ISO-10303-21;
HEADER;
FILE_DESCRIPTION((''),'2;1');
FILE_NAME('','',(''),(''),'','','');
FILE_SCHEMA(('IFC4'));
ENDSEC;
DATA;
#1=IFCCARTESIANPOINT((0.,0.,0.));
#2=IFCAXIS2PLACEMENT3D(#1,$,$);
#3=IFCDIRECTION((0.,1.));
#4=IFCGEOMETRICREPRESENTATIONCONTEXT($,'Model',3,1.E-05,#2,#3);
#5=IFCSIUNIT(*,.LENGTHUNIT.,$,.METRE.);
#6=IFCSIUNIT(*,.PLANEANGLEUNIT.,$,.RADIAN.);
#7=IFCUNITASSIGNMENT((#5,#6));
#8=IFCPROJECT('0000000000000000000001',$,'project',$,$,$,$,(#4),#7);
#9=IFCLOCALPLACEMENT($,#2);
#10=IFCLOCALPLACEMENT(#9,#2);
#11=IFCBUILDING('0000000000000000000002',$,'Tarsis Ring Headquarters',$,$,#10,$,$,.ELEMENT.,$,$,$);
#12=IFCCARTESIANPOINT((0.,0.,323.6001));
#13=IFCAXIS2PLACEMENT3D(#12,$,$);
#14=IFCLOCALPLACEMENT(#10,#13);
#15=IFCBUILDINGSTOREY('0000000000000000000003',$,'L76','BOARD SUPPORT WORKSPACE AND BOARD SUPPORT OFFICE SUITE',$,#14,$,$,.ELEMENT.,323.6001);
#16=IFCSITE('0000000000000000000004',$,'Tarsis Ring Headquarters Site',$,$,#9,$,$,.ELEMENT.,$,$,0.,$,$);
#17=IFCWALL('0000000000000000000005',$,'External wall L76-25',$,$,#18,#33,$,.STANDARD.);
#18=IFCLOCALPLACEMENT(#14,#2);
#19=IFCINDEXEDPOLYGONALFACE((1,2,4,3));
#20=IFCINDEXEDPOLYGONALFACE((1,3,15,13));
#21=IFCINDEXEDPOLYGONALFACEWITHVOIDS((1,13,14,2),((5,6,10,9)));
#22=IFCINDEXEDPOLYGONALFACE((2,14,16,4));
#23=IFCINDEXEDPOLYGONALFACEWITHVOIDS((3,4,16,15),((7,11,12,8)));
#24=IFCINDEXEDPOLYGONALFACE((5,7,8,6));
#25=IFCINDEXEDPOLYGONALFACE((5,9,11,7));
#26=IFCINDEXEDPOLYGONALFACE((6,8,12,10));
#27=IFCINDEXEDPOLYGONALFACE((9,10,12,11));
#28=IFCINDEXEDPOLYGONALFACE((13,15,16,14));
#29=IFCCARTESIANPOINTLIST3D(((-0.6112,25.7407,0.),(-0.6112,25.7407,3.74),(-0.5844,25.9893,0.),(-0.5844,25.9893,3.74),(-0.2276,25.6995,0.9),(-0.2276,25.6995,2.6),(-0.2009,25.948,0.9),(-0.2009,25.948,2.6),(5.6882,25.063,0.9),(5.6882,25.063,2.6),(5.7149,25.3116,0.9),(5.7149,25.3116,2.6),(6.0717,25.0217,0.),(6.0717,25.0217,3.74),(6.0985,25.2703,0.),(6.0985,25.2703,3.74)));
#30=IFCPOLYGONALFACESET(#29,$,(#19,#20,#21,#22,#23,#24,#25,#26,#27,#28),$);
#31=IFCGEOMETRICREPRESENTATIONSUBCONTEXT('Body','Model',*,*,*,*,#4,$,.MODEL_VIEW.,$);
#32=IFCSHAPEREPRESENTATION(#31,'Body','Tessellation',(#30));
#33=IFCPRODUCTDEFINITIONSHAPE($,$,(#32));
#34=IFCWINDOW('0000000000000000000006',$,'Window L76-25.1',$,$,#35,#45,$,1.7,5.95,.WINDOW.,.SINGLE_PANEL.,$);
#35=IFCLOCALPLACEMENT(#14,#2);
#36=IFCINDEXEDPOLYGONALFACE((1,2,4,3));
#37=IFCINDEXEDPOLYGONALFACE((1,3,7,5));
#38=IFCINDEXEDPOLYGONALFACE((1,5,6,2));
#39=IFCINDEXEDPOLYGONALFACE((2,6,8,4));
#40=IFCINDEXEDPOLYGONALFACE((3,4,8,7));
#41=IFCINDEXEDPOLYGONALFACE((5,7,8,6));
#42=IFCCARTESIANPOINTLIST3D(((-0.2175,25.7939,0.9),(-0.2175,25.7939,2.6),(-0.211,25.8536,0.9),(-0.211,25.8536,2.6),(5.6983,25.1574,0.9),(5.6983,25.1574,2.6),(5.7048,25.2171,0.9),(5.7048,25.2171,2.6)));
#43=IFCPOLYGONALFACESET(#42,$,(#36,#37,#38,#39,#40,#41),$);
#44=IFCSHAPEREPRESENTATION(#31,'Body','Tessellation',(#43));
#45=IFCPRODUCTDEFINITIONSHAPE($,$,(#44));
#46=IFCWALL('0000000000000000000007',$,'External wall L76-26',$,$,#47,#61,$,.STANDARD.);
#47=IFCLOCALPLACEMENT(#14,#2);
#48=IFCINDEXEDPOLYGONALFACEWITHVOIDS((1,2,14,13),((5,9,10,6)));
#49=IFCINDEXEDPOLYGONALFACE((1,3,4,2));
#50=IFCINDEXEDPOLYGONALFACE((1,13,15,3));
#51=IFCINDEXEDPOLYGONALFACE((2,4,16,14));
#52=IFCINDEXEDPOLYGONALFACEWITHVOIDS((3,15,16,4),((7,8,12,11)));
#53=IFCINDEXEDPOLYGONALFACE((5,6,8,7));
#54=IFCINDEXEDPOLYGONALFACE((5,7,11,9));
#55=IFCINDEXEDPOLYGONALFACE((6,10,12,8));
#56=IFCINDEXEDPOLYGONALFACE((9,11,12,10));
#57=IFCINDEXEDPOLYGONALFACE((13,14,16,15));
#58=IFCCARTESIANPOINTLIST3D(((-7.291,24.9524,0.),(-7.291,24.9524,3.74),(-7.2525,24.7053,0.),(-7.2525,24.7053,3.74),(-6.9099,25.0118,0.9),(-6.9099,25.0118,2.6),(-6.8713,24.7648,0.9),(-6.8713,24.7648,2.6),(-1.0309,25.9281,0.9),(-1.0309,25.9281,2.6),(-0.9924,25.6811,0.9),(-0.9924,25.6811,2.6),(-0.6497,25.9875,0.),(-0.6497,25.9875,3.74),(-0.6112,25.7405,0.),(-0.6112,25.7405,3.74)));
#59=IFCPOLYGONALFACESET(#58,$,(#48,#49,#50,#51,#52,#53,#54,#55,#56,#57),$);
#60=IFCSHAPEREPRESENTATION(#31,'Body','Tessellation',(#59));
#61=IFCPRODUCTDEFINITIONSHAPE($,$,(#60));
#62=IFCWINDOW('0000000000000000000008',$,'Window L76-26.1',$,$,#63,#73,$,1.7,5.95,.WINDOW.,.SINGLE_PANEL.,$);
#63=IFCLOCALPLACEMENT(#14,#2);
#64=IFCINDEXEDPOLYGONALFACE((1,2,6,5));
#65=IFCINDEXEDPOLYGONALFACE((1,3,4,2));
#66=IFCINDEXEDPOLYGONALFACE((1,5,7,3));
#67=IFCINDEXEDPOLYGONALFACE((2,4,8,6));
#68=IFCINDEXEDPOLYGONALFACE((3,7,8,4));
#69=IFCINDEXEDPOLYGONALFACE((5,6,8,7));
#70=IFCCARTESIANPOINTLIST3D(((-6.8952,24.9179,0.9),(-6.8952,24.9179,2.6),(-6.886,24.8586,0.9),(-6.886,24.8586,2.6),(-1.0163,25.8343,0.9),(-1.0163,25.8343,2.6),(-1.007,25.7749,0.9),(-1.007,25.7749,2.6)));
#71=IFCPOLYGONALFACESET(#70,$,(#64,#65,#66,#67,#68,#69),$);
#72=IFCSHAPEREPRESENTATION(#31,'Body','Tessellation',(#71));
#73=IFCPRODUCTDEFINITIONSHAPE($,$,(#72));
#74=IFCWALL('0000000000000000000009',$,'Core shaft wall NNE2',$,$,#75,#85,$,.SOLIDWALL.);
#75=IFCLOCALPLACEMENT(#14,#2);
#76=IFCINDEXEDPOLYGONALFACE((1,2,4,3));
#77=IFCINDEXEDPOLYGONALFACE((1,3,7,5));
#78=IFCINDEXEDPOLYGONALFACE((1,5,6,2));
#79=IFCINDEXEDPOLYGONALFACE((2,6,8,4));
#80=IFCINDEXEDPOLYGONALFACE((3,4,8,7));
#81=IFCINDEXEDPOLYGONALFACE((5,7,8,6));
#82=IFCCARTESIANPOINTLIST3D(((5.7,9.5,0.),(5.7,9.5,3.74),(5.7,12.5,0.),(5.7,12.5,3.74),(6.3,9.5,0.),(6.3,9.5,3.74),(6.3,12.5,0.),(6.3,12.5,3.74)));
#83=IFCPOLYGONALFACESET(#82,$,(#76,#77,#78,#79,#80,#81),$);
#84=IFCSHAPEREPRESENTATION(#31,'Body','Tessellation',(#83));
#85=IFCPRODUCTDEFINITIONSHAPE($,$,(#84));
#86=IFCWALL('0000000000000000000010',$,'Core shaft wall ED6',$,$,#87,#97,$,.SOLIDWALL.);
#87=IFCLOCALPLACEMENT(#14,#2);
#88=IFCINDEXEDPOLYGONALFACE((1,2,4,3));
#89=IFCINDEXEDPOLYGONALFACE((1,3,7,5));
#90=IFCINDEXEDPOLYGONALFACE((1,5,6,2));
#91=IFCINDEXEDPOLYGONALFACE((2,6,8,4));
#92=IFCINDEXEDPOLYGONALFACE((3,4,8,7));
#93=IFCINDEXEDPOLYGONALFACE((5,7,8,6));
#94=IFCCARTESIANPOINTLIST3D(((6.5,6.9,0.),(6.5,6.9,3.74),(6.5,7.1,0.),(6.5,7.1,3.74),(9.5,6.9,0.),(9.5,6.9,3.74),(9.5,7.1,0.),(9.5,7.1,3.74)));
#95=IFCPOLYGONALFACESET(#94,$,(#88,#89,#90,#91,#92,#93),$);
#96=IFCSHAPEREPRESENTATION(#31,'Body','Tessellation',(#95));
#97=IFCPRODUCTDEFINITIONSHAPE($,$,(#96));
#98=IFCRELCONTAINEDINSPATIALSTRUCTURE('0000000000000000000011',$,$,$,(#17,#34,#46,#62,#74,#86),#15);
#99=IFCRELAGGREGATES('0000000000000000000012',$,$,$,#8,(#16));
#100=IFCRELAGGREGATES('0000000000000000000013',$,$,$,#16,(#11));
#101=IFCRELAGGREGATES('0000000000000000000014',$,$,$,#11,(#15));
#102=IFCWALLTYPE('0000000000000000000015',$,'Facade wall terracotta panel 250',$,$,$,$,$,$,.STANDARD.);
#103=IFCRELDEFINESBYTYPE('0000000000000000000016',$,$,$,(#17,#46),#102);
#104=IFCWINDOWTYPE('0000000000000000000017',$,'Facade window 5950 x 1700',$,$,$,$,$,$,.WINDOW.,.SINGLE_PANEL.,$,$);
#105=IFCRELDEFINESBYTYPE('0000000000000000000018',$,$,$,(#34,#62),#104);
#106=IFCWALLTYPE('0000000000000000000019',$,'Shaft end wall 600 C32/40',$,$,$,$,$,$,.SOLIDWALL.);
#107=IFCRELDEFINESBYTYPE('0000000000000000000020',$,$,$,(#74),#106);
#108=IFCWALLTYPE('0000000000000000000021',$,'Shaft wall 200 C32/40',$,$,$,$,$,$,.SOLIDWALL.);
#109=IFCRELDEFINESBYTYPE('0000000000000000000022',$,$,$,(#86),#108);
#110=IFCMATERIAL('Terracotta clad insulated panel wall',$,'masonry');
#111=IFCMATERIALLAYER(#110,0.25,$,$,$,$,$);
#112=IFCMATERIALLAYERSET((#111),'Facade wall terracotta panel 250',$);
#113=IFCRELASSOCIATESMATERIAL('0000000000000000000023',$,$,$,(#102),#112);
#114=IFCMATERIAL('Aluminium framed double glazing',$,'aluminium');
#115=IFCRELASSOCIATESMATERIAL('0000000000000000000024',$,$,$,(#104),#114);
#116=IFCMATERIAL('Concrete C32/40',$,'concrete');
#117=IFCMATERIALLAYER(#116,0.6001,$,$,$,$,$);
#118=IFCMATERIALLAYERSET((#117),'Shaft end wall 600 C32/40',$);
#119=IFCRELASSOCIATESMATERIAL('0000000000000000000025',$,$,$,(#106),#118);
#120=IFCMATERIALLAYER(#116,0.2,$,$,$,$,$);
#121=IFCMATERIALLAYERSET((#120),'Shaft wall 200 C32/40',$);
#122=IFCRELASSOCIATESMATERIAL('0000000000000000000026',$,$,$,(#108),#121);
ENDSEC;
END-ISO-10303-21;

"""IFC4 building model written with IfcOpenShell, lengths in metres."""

from ifc_helpers import new_model, si_unit, direction, frame, frame_2d, origin, place, context, subcontext, project, spatial, rectangle, extrude, material, layer, layer_set, type_object, element, fill, save


model = new_model("IFC4")

# Units and contexts
model_context = context("Model", 3, precision=1e-05, world=origin(), true_north=direction((0.0, 1.0)))
body_context = subcontext(model_context, "Body", "Model", "MODEL_VIEW")
ifc_project = project(units=[si_unit("LENGTHUNIT", "METRE"), si_unit("PLANEANGLEUNIT", "RADIAN")], contexts=[model_context])

# Site, building, storey
site_placement = place(None, origin())
site = spatial("IfcSite", under=ifc_project, at=site_placement, Name="Tarsis Ring Headquarters Site", CompositionType="ELEMENT", RefElevation=0.0)
building_placement = place(site_placement, origin())
building = spatial("IfcBuilding", under=site, at=building_placement, Name="Tarsis Ring Headquarters", CompositionType="ELEMENT")
storey_placement = place(building_placement, frame((0.0, 0.0, 323.6001)))
storey = spatial("IfcBuildingStorey", under=building, at=storey_placement, Name="L76", Description="BOARD SUPPORT WORKSPACE AND BOARD SUPPORT OFFICE SUITE", CompositionType="ELEMENT", Elevation=323.6001)

# Walls, openings, windows
ifc_material_1 = material(Name="Terracotta clad insulated panel wall", Category="masonry")
ifc_layer_1 = layer(ifc_material_1, 0.25)
ifc_layer_set_1 = layer_set([ifc_layer_1], Name="Facade wall terracotta panel 250")
wall_type_1 = type_object("IfcWallType", Name="Facade wall terracotta panel 250", PredefinedType="STANDARD", material=ifc_layer_set_1)
ifc_material_2 = material(Name="Aluminium framed double glazing", Category="aluminium")
window_type = type_object("IfcWindowType", Name="Facade window 5950 x 1700", PartitioningType="SINGLE_PANEL", PredefinedType="WINDOW", material=ifc_material_2)
wall_1_placement = place(storey_placement, frame((6.0852, 25.146, 0.0), z_axis=(0.0, 0.0, 1.0), x_axis=(-0.994262, 0.10697, 0.0)))
wall_1 = element("IfcWall", 1, at=wall_1_placement, inside=storey, type_object=wall_type_1, Name="External wall L76-25", PredefinedType="STANDARD", context=body_context, shape_type="SweptSolid", body=[
    extrude(rectangle(XDim=6.7214, YDim=0.25, at=frame_2d((3.3608, 0.0))), origin(), (0.0, 0.0, 1.0), 3.74),
])
opening_1_placement = place(wall_1_placement, frame((0.3857, 0.0, 0.8999)))
opening_1 = element("IfcOpeningElement", 2, at=opening_1_placement, cuts=wall_1, PredefinedType="OPENING", context=body_context, shape_type="SweptSolid", body=[
    extrude(rectangle(XDim=5.95, YDim=1.7, at=frame_2d((2.9751, 0.8501))), frame((0.0, 0.135, 0.0), z_axis=(0.0, -1.0, 0.0), x_axis=(1.0, 0.0, 0.0)), (0.0, 0.0, 1.0), 0.27),
])
window_1_placement = place(opening_1_placement, origin())
window_1 = element("IfcWindow", 3, at=window_1_placement, inside=storey, type_object=window_type, Name="Window L76-25.1", OverallHeight=1.7, OverallWidth=5.95, PartitioningType="SINGLE_PANEL", PredefinedType="WINDOW", context=body_context, shape_type="SweptSolid", body=[
    extrude(rectangle(XDim=5.95, YDim=1.7, at=frame_2d((2.9751, 0.8501))), frame((0.0, 0.03, 0.0), z_axis=(0.0, -1.0, 0.0), x_axis=(1.0, 0.0, 0.0)), (0.0, 0.0, 1.0), 0.0601),
])
fill(opening_1, window_1)
wall_2_placement = place(storey_placement, frame((-0.6304, 25.864, 0.0), z_axis=(0.0, 0.0, 1.0), x_axis=(-0.98807, -0.154006, 0.0)))
wall_2 = element("IfcWall", 4, at=wall_2_placement, inside=storey, type_object=wall_type_1, Name="External wall L76-26", PredefinedType="STANDARD", context=body_context, shape_type="SweptSolid", body=[
    extrude(rectangle(XDim=6.7214, YDim=0.25, at=frame_2d((3.3608, 0.0))), origin(), (0.0, 0.0, 1.0), 3.74),
])
opening_2_placement = place(wall_2_placement, frame((0.3857, 0.0, 0.8999)))
opening_2 = element("IfcOpeningElement", 5, at=opening_2_placement, cuts=wall_2, PredefinedType="OPENING", context=body_context, shape_type="SweptSolid", body=[
    extrude(rectangle(XDim=5.95, YDim=1.7, at=frame_2d((2.9751, 0.8501))), frame((0.0, 0.135, 0.0), z_axis=(0.0, -1.0, 0.0), x_axis=(1.0, 0.0, 0.0)), (0.0, 0.0, 1.0), 0.27),
])
window_2_placement = place(opening_2_placement, origin())
window_2 = element("IfcWindow", 6, at=window_2_placement, inside=storey, type_object=window_type, Name="Window L76-26.1", OverallHeight=1.7, OverallWidth=5.95, PartitioningType="SINGLE_PANEL", PredefinedType="WINDOW", context=body_context, shape_type="SweptSolid", body=[
    extrude(rectangle(XDim=5.95, YDim=1.7, at=frame_2d((2.9751, 0.8501))), frame((0.0, 0.03, 0.0), z_axis=(0.0, -1.0, 0.0), x_axis=(1.0, 0.0, 0.0)), (0.0, 0.0, 1.0), 0.0601),
])
fill(opening_2, window_2)

# Walls
ifc_material_3 = material(Name="Concrete C32/40", Category="concrete")
ifc_layer_2 = layer(ifc_material_3, 0.6001)
ifc_layer_set_2 = layer_set([ifc_layer_2], Name="Shaft end wall 600 C32/40")
wall_type_2 = type_object("IfcWallType", Name="Shaft end wall 600 C32/40", PredefinedType="SOLIDWALL", material=ifc_layer_set_2)
wall_3_placement = place(storey_placement, frame((6.0, 9.5, 0.0), z_axis=(0.0, 0.0, 1.0), x_axis=(0.0, 1.0, 0.0)))
element("IfcWall", 7, at=wall_3_placement, inside=storey, type_object=wall_type_2, Name="Core shaft wall NNE2", PredefinedType="SOLIDWALL", context=body_context, shape_type="SweptSolid", body=[
    extrude(rectangle(XDim=3.0, YDim=0.6001, at=frame_2d((1.5, 0.0))), origin(), (0.0, 0.0, 1.0), 3.74),
])
ifc_layer_3 = layer(ifc_material_3, 0.2)
ifc_layer_set_3 = layer_set([ifc_layer_3], Name="Shaft wall 200 C32/40")
wall_type_3 = type_object("IfcWallType", Name="Shaft wall 200 C32/40", PredefinedType="SOLIDWALL", material=ifc_layer_set_3)
wall_4_placement = place(storey_placement, frame((6.5, 7.0, 0.0), z_axis=(0.0, 0.0, 1.0), x_axis=(1.0, 0.0, 0.0)))
element("IfcWall", 8, at=wall_4_placement, inside=storey, type_object=wall_type_3, Name="Core shaft wall ED6", PredefinedType="SOLIDWALL", context=body_context, shape_type="SweptSolid", body=[
    extrude(rectangle(XDim=3.0, YDim=0.2, at=frame_2d((1.5, 0.0))), origin(), (0.0, 0.0, 1.0), 3.74),
])

save(model, "model.ifc")
